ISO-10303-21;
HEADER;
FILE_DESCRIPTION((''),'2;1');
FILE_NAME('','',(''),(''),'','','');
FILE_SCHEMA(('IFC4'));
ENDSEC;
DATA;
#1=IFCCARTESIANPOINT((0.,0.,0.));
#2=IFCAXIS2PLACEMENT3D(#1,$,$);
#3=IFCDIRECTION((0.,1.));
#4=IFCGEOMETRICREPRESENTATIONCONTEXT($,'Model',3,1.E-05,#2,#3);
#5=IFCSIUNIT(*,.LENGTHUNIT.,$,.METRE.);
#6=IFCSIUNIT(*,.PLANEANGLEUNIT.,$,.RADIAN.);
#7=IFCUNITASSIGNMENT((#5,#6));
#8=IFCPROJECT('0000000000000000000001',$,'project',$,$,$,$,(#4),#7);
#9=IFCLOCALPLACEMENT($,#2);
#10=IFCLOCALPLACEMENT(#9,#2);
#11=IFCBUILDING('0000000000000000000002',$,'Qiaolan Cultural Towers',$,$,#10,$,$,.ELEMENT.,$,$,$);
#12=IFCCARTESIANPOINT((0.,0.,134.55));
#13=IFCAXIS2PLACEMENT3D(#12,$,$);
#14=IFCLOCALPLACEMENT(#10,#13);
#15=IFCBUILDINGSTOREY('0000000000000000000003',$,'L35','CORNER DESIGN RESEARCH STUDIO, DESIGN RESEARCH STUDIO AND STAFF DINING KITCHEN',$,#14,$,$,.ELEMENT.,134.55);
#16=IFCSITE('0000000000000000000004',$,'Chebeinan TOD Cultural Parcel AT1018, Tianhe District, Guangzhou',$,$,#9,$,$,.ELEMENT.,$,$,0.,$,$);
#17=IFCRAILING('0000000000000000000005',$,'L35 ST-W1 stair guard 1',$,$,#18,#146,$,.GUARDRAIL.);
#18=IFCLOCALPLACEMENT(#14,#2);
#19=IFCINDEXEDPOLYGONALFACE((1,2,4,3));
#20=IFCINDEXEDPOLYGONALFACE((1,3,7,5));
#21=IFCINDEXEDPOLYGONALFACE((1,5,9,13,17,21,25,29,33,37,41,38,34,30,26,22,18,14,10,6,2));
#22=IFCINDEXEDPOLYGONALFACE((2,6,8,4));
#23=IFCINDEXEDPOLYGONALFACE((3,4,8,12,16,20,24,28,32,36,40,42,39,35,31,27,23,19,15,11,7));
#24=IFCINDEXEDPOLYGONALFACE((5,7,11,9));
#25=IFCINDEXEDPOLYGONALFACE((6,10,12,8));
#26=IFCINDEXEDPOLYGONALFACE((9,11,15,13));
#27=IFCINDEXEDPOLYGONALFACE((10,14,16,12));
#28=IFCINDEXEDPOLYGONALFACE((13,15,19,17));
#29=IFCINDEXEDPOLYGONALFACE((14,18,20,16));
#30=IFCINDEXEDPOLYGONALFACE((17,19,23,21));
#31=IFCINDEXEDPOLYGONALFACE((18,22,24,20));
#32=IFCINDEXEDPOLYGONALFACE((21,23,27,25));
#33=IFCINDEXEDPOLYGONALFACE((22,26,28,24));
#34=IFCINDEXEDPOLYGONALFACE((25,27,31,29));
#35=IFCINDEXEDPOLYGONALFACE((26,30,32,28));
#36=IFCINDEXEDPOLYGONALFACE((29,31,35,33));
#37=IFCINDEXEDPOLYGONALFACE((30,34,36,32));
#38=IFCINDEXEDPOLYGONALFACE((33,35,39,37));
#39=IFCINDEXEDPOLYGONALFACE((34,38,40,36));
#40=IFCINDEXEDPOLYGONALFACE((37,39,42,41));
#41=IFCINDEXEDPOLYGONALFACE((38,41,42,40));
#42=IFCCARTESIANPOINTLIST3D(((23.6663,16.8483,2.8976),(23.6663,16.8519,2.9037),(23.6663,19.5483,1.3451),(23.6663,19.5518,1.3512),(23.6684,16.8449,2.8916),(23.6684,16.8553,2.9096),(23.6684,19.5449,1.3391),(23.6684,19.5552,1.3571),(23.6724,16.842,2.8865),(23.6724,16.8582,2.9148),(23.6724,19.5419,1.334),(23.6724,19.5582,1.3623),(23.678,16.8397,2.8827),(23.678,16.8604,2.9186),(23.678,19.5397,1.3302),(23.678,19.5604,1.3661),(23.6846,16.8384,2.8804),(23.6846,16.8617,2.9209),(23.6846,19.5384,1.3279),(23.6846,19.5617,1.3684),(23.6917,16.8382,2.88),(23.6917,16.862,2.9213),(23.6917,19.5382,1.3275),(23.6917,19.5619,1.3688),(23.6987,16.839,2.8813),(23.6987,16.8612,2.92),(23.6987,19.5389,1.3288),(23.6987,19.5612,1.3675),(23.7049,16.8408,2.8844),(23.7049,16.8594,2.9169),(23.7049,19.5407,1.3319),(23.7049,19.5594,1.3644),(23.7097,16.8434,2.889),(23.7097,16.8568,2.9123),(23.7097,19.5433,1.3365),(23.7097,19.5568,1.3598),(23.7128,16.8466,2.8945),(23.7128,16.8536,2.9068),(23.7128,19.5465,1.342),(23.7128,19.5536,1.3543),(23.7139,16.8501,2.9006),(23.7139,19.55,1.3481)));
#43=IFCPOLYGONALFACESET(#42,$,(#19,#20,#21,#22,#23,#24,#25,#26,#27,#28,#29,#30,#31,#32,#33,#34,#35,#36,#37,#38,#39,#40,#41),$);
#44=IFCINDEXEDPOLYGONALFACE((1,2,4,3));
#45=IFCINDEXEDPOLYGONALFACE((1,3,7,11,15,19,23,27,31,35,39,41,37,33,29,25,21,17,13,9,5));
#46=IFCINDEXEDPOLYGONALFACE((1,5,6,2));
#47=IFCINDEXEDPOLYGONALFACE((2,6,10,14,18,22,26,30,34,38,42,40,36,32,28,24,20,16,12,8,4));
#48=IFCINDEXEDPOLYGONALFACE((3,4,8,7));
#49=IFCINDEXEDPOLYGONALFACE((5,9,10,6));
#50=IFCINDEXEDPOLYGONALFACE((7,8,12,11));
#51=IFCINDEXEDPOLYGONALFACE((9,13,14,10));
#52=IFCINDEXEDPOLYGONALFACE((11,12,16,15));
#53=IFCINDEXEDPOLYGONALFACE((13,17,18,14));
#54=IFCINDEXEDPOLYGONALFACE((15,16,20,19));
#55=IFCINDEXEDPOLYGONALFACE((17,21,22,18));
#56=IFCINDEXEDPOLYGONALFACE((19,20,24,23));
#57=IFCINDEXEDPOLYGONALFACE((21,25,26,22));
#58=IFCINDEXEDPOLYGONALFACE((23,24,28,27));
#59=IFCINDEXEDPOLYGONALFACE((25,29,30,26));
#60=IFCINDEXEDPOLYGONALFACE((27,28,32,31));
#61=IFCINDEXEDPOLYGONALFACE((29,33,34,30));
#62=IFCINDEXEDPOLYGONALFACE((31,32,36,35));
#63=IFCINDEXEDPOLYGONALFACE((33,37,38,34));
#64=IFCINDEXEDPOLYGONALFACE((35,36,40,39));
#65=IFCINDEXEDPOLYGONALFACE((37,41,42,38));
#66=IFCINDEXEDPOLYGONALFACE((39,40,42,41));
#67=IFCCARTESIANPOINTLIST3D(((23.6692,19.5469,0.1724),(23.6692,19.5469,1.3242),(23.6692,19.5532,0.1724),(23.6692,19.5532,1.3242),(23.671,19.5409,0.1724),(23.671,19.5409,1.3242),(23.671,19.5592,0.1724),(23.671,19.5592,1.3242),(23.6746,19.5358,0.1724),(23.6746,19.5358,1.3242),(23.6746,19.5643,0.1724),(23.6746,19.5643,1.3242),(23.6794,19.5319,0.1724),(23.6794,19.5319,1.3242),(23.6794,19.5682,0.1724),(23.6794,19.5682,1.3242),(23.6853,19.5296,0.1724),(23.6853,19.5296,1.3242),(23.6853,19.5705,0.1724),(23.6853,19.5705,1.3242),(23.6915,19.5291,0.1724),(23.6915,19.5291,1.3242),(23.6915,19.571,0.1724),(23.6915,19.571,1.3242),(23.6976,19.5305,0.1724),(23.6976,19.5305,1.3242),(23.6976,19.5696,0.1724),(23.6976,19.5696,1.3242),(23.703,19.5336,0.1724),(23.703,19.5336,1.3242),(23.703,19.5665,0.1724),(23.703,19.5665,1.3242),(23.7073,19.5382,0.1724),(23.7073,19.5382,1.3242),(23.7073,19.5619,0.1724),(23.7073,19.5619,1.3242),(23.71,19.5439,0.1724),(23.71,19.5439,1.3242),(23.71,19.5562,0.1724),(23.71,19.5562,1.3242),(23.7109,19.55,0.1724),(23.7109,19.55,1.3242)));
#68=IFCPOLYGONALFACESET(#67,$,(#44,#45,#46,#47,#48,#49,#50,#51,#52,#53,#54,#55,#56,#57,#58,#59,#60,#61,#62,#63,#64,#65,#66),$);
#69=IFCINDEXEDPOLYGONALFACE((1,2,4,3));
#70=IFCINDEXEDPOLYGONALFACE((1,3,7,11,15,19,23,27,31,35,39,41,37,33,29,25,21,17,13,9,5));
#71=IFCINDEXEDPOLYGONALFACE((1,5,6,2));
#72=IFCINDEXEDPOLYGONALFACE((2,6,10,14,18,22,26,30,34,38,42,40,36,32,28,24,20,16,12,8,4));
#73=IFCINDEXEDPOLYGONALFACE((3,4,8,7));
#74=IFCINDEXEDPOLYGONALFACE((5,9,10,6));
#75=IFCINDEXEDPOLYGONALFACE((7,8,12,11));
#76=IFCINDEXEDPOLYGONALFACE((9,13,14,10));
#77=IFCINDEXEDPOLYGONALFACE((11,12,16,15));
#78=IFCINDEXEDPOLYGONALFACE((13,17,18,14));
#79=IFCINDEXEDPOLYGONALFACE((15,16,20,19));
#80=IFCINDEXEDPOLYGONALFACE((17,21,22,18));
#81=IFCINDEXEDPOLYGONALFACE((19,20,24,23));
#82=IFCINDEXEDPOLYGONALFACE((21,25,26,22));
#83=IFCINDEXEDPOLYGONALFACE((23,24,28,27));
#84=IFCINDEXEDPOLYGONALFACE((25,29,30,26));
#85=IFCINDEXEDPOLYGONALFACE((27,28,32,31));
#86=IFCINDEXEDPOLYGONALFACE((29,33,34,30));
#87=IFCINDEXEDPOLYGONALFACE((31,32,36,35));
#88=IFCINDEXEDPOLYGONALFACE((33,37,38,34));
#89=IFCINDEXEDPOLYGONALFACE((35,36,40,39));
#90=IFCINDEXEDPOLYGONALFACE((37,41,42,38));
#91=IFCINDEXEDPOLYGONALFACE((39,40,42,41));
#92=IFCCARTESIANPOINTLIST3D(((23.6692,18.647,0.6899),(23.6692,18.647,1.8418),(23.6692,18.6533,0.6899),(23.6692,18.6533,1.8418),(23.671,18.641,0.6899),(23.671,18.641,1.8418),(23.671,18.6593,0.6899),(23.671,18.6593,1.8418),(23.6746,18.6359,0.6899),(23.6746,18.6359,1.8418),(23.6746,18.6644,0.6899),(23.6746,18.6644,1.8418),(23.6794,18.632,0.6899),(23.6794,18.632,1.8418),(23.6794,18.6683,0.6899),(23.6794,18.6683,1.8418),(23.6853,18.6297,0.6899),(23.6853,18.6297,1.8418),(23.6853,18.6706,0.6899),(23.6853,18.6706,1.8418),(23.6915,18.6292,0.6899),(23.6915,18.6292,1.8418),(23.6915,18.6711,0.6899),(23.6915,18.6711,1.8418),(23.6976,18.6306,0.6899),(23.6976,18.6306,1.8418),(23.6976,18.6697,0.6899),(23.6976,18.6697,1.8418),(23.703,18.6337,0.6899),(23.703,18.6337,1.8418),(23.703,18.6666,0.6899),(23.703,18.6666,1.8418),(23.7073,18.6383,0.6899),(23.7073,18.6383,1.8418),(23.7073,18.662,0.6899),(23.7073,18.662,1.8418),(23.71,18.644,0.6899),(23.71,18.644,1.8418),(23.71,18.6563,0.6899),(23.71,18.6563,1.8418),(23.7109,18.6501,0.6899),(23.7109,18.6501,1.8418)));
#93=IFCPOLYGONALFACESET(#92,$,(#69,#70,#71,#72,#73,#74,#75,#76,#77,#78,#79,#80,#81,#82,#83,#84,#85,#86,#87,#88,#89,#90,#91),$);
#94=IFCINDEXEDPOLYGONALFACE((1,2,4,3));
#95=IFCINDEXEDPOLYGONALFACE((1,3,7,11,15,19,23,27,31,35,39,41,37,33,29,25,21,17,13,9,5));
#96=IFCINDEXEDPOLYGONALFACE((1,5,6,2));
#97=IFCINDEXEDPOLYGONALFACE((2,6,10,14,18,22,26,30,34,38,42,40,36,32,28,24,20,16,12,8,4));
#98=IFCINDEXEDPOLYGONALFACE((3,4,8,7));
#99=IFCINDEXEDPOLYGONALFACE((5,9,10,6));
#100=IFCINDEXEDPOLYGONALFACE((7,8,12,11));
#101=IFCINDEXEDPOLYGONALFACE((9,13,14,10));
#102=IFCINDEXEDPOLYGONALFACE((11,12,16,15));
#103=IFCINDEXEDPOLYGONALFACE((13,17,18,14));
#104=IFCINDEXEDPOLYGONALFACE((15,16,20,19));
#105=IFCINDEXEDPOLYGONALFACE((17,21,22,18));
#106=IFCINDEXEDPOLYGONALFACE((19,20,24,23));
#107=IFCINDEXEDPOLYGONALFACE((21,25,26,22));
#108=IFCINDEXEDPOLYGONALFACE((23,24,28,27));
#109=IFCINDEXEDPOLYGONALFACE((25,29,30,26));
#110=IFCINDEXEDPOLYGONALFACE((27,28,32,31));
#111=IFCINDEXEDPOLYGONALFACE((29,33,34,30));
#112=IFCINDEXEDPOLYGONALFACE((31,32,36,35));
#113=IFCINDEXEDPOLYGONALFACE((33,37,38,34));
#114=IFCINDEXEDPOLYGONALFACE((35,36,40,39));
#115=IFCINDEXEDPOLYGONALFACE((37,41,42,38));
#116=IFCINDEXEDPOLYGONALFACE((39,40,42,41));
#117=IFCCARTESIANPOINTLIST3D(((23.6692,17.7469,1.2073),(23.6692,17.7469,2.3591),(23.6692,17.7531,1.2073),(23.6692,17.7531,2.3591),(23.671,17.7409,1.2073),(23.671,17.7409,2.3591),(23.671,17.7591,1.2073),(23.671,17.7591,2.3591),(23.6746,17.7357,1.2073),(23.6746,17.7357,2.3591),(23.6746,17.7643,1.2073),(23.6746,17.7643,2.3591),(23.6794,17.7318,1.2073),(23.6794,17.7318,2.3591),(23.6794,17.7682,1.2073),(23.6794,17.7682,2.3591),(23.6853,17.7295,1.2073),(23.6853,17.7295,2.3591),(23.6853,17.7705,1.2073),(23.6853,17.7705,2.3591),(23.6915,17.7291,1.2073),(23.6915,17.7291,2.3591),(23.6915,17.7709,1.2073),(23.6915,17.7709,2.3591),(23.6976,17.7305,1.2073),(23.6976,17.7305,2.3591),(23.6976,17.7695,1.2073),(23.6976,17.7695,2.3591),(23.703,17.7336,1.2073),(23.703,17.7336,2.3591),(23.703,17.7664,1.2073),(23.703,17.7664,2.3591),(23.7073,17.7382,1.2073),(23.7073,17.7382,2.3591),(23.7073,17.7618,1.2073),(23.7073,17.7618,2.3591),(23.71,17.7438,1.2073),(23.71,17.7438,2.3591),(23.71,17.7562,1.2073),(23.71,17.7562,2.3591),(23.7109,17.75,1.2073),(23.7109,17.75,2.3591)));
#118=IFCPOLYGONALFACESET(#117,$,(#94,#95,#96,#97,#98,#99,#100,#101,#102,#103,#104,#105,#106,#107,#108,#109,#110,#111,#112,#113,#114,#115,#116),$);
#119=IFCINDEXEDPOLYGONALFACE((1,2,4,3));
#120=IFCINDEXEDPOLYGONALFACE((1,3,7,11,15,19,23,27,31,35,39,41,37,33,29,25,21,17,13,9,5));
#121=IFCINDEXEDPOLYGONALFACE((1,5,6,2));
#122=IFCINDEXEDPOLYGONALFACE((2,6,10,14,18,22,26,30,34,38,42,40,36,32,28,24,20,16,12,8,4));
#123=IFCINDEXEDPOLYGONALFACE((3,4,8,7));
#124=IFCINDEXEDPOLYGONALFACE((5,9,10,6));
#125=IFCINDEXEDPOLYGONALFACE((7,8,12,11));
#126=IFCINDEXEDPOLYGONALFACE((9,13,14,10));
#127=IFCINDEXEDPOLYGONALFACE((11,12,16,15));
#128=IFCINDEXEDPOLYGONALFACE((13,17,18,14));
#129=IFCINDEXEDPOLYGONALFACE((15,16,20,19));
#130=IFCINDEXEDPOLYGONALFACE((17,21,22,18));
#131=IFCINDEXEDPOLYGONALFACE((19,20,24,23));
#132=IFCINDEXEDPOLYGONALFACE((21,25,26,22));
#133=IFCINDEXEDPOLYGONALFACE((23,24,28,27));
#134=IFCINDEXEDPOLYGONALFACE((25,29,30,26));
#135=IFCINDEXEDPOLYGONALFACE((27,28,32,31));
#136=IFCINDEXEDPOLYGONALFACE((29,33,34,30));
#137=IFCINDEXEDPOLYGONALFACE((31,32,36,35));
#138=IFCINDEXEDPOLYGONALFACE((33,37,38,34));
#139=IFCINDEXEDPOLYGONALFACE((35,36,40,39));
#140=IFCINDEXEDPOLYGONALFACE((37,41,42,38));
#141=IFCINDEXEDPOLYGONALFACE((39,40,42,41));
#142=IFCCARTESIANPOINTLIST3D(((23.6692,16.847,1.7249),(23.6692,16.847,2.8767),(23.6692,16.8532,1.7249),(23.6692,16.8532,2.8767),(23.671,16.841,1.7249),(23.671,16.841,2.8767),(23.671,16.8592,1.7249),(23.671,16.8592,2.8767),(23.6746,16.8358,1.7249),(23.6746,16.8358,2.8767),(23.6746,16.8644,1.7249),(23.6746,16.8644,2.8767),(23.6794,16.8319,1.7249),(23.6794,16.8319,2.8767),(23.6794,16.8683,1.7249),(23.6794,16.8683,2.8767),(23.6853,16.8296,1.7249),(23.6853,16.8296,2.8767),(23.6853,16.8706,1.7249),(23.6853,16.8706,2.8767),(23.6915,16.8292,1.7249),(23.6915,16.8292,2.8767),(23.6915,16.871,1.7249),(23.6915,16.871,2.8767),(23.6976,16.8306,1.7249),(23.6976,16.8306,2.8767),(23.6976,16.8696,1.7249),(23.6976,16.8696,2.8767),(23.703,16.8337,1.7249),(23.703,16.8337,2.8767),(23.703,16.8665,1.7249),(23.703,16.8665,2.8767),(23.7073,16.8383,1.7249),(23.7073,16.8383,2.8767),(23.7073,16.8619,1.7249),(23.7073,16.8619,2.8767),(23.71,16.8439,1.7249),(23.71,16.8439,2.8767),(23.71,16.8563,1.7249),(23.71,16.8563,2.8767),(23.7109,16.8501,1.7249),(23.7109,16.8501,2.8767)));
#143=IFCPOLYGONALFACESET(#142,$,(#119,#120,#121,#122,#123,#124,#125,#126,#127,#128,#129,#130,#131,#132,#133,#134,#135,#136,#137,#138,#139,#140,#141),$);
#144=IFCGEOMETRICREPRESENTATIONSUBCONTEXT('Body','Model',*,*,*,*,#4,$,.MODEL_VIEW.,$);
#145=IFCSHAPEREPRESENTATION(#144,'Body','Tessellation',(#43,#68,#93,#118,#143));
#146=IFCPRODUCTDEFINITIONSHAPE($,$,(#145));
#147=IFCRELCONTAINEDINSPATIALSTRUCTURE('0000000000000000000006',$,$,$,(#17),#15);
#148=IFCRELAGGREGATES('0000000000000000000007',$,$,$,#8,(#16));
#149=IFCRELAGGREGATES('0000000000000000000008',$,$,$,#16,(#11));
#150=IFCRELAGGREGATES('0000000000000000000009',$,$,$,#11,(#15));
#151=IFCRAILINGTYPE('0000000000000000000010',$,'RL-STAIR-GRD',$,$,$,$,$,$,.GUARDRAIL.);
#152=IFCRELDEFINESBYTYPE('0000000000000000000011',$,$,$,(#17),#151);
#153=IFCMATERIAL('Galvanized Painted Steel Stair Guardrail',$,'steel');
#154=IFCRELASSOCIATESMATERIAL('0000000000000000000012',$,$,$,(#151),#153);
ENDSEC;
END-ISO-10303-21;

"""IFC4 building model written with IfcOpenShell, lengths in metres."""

from ifc_helpers import new_model, si_unit, direction, frame, origin, origin_2d, place, context, subcontext, project, spatial, circle, extrude, material, type_object, element, save


model = new_model("IFC4")

# Units and contexts
model_context = context("Model", 3, precision=1e-05, world=origin(), true_north=direction((0.0, 1.0)))
body_context = subcontext(model_context, "Body", "Model", "MODEL_VIEW")
ifc_project = project(units=[si_unit("LENGTHUNIT", "METRE"), si_unit("PLANEANGLEUNIT", "RADIAN")], contexts=[model_context])

# Site, building, storey
site_placement = place(None, origin())
site = spatial("IfcSite", under=ifc_project, at=site_placement, Name="Chebeinan TOD Cultural Parcel AT1018, Tianhe District, Guangzhou", CompositionType="ELEMENT", RefElevation=0.0)
building_placement = place(site_placement, origin())
building = spatial("IfcBuilding", under=site, at=building_placement, Name="Qiaolan Cultural Towers", CompositionType="ELEMENT")
storey_placement = place(building_placement, frame((0.0, 0.0, 134.55)))
storey = spatial("IfcBuildingStorey", under=building, at=storey_placement, Name="L35", Description="CORNER DESIGN RESEARCH STUDIO, DESIGN RESEARCH STUDIO AND STAFF DINING KITCHEN", CompositionType="ELEMENT", Elevation=134.55)

# Railing
ifc_material_1 = material(Name="Galvanized Painted Steel Stair Guardrail", Category="steel")
railing_type_1 = type_object("IfcRailingType", Name="RL-STAIR-GRD", PredefinedType="GUARDRAIL", material=ifc_material_1)
railing_1_placement = place(storey_placement, frame((23.6899, 19.55, 0.1724)))
element("IfcRailing", 1, at=railing_1_placement, inside=storey, type_object=railing_type_1, Name="L35 ST-W1 stair guard 1", PredefinedType="GUARDRAIL", context=body_context, shape_type="SweptSolid", body=[
    extrude(circle(Radius=0.0239, at=origin_2d()), frame((0.0, 0.0, 1.1758), z_axis=(0.0, -0.866904, 0.498476), x_axis=(1.0, 0.0, 0.0)), (0.0, 0.0, 1.0), 3.1145),
    extrude(circle(Radius=0.021, at=origin_2d()), origin(), (0.0, 0.0, 1.0), 1.1519),
    extrude(circle(Radius=0.021, at=origin_2d()), frame((0.0, -0.8999, 0.5176)), (0.0, 0.0, 1.0), 1.1519),
    extrude(circle(Radius=0.021, at=origin_2d()), frame((0.0, -1.8, 1.0349)), (0.0, 0.0, 1.0), 1.1519),
    extrude(circle(Radius=0.021, at=origin_2d()), frame((0.0, -2.7, 1.5525)), (0.0, 0.0, 1.0), 1.1519),
])

save(model, "model.ifc")
